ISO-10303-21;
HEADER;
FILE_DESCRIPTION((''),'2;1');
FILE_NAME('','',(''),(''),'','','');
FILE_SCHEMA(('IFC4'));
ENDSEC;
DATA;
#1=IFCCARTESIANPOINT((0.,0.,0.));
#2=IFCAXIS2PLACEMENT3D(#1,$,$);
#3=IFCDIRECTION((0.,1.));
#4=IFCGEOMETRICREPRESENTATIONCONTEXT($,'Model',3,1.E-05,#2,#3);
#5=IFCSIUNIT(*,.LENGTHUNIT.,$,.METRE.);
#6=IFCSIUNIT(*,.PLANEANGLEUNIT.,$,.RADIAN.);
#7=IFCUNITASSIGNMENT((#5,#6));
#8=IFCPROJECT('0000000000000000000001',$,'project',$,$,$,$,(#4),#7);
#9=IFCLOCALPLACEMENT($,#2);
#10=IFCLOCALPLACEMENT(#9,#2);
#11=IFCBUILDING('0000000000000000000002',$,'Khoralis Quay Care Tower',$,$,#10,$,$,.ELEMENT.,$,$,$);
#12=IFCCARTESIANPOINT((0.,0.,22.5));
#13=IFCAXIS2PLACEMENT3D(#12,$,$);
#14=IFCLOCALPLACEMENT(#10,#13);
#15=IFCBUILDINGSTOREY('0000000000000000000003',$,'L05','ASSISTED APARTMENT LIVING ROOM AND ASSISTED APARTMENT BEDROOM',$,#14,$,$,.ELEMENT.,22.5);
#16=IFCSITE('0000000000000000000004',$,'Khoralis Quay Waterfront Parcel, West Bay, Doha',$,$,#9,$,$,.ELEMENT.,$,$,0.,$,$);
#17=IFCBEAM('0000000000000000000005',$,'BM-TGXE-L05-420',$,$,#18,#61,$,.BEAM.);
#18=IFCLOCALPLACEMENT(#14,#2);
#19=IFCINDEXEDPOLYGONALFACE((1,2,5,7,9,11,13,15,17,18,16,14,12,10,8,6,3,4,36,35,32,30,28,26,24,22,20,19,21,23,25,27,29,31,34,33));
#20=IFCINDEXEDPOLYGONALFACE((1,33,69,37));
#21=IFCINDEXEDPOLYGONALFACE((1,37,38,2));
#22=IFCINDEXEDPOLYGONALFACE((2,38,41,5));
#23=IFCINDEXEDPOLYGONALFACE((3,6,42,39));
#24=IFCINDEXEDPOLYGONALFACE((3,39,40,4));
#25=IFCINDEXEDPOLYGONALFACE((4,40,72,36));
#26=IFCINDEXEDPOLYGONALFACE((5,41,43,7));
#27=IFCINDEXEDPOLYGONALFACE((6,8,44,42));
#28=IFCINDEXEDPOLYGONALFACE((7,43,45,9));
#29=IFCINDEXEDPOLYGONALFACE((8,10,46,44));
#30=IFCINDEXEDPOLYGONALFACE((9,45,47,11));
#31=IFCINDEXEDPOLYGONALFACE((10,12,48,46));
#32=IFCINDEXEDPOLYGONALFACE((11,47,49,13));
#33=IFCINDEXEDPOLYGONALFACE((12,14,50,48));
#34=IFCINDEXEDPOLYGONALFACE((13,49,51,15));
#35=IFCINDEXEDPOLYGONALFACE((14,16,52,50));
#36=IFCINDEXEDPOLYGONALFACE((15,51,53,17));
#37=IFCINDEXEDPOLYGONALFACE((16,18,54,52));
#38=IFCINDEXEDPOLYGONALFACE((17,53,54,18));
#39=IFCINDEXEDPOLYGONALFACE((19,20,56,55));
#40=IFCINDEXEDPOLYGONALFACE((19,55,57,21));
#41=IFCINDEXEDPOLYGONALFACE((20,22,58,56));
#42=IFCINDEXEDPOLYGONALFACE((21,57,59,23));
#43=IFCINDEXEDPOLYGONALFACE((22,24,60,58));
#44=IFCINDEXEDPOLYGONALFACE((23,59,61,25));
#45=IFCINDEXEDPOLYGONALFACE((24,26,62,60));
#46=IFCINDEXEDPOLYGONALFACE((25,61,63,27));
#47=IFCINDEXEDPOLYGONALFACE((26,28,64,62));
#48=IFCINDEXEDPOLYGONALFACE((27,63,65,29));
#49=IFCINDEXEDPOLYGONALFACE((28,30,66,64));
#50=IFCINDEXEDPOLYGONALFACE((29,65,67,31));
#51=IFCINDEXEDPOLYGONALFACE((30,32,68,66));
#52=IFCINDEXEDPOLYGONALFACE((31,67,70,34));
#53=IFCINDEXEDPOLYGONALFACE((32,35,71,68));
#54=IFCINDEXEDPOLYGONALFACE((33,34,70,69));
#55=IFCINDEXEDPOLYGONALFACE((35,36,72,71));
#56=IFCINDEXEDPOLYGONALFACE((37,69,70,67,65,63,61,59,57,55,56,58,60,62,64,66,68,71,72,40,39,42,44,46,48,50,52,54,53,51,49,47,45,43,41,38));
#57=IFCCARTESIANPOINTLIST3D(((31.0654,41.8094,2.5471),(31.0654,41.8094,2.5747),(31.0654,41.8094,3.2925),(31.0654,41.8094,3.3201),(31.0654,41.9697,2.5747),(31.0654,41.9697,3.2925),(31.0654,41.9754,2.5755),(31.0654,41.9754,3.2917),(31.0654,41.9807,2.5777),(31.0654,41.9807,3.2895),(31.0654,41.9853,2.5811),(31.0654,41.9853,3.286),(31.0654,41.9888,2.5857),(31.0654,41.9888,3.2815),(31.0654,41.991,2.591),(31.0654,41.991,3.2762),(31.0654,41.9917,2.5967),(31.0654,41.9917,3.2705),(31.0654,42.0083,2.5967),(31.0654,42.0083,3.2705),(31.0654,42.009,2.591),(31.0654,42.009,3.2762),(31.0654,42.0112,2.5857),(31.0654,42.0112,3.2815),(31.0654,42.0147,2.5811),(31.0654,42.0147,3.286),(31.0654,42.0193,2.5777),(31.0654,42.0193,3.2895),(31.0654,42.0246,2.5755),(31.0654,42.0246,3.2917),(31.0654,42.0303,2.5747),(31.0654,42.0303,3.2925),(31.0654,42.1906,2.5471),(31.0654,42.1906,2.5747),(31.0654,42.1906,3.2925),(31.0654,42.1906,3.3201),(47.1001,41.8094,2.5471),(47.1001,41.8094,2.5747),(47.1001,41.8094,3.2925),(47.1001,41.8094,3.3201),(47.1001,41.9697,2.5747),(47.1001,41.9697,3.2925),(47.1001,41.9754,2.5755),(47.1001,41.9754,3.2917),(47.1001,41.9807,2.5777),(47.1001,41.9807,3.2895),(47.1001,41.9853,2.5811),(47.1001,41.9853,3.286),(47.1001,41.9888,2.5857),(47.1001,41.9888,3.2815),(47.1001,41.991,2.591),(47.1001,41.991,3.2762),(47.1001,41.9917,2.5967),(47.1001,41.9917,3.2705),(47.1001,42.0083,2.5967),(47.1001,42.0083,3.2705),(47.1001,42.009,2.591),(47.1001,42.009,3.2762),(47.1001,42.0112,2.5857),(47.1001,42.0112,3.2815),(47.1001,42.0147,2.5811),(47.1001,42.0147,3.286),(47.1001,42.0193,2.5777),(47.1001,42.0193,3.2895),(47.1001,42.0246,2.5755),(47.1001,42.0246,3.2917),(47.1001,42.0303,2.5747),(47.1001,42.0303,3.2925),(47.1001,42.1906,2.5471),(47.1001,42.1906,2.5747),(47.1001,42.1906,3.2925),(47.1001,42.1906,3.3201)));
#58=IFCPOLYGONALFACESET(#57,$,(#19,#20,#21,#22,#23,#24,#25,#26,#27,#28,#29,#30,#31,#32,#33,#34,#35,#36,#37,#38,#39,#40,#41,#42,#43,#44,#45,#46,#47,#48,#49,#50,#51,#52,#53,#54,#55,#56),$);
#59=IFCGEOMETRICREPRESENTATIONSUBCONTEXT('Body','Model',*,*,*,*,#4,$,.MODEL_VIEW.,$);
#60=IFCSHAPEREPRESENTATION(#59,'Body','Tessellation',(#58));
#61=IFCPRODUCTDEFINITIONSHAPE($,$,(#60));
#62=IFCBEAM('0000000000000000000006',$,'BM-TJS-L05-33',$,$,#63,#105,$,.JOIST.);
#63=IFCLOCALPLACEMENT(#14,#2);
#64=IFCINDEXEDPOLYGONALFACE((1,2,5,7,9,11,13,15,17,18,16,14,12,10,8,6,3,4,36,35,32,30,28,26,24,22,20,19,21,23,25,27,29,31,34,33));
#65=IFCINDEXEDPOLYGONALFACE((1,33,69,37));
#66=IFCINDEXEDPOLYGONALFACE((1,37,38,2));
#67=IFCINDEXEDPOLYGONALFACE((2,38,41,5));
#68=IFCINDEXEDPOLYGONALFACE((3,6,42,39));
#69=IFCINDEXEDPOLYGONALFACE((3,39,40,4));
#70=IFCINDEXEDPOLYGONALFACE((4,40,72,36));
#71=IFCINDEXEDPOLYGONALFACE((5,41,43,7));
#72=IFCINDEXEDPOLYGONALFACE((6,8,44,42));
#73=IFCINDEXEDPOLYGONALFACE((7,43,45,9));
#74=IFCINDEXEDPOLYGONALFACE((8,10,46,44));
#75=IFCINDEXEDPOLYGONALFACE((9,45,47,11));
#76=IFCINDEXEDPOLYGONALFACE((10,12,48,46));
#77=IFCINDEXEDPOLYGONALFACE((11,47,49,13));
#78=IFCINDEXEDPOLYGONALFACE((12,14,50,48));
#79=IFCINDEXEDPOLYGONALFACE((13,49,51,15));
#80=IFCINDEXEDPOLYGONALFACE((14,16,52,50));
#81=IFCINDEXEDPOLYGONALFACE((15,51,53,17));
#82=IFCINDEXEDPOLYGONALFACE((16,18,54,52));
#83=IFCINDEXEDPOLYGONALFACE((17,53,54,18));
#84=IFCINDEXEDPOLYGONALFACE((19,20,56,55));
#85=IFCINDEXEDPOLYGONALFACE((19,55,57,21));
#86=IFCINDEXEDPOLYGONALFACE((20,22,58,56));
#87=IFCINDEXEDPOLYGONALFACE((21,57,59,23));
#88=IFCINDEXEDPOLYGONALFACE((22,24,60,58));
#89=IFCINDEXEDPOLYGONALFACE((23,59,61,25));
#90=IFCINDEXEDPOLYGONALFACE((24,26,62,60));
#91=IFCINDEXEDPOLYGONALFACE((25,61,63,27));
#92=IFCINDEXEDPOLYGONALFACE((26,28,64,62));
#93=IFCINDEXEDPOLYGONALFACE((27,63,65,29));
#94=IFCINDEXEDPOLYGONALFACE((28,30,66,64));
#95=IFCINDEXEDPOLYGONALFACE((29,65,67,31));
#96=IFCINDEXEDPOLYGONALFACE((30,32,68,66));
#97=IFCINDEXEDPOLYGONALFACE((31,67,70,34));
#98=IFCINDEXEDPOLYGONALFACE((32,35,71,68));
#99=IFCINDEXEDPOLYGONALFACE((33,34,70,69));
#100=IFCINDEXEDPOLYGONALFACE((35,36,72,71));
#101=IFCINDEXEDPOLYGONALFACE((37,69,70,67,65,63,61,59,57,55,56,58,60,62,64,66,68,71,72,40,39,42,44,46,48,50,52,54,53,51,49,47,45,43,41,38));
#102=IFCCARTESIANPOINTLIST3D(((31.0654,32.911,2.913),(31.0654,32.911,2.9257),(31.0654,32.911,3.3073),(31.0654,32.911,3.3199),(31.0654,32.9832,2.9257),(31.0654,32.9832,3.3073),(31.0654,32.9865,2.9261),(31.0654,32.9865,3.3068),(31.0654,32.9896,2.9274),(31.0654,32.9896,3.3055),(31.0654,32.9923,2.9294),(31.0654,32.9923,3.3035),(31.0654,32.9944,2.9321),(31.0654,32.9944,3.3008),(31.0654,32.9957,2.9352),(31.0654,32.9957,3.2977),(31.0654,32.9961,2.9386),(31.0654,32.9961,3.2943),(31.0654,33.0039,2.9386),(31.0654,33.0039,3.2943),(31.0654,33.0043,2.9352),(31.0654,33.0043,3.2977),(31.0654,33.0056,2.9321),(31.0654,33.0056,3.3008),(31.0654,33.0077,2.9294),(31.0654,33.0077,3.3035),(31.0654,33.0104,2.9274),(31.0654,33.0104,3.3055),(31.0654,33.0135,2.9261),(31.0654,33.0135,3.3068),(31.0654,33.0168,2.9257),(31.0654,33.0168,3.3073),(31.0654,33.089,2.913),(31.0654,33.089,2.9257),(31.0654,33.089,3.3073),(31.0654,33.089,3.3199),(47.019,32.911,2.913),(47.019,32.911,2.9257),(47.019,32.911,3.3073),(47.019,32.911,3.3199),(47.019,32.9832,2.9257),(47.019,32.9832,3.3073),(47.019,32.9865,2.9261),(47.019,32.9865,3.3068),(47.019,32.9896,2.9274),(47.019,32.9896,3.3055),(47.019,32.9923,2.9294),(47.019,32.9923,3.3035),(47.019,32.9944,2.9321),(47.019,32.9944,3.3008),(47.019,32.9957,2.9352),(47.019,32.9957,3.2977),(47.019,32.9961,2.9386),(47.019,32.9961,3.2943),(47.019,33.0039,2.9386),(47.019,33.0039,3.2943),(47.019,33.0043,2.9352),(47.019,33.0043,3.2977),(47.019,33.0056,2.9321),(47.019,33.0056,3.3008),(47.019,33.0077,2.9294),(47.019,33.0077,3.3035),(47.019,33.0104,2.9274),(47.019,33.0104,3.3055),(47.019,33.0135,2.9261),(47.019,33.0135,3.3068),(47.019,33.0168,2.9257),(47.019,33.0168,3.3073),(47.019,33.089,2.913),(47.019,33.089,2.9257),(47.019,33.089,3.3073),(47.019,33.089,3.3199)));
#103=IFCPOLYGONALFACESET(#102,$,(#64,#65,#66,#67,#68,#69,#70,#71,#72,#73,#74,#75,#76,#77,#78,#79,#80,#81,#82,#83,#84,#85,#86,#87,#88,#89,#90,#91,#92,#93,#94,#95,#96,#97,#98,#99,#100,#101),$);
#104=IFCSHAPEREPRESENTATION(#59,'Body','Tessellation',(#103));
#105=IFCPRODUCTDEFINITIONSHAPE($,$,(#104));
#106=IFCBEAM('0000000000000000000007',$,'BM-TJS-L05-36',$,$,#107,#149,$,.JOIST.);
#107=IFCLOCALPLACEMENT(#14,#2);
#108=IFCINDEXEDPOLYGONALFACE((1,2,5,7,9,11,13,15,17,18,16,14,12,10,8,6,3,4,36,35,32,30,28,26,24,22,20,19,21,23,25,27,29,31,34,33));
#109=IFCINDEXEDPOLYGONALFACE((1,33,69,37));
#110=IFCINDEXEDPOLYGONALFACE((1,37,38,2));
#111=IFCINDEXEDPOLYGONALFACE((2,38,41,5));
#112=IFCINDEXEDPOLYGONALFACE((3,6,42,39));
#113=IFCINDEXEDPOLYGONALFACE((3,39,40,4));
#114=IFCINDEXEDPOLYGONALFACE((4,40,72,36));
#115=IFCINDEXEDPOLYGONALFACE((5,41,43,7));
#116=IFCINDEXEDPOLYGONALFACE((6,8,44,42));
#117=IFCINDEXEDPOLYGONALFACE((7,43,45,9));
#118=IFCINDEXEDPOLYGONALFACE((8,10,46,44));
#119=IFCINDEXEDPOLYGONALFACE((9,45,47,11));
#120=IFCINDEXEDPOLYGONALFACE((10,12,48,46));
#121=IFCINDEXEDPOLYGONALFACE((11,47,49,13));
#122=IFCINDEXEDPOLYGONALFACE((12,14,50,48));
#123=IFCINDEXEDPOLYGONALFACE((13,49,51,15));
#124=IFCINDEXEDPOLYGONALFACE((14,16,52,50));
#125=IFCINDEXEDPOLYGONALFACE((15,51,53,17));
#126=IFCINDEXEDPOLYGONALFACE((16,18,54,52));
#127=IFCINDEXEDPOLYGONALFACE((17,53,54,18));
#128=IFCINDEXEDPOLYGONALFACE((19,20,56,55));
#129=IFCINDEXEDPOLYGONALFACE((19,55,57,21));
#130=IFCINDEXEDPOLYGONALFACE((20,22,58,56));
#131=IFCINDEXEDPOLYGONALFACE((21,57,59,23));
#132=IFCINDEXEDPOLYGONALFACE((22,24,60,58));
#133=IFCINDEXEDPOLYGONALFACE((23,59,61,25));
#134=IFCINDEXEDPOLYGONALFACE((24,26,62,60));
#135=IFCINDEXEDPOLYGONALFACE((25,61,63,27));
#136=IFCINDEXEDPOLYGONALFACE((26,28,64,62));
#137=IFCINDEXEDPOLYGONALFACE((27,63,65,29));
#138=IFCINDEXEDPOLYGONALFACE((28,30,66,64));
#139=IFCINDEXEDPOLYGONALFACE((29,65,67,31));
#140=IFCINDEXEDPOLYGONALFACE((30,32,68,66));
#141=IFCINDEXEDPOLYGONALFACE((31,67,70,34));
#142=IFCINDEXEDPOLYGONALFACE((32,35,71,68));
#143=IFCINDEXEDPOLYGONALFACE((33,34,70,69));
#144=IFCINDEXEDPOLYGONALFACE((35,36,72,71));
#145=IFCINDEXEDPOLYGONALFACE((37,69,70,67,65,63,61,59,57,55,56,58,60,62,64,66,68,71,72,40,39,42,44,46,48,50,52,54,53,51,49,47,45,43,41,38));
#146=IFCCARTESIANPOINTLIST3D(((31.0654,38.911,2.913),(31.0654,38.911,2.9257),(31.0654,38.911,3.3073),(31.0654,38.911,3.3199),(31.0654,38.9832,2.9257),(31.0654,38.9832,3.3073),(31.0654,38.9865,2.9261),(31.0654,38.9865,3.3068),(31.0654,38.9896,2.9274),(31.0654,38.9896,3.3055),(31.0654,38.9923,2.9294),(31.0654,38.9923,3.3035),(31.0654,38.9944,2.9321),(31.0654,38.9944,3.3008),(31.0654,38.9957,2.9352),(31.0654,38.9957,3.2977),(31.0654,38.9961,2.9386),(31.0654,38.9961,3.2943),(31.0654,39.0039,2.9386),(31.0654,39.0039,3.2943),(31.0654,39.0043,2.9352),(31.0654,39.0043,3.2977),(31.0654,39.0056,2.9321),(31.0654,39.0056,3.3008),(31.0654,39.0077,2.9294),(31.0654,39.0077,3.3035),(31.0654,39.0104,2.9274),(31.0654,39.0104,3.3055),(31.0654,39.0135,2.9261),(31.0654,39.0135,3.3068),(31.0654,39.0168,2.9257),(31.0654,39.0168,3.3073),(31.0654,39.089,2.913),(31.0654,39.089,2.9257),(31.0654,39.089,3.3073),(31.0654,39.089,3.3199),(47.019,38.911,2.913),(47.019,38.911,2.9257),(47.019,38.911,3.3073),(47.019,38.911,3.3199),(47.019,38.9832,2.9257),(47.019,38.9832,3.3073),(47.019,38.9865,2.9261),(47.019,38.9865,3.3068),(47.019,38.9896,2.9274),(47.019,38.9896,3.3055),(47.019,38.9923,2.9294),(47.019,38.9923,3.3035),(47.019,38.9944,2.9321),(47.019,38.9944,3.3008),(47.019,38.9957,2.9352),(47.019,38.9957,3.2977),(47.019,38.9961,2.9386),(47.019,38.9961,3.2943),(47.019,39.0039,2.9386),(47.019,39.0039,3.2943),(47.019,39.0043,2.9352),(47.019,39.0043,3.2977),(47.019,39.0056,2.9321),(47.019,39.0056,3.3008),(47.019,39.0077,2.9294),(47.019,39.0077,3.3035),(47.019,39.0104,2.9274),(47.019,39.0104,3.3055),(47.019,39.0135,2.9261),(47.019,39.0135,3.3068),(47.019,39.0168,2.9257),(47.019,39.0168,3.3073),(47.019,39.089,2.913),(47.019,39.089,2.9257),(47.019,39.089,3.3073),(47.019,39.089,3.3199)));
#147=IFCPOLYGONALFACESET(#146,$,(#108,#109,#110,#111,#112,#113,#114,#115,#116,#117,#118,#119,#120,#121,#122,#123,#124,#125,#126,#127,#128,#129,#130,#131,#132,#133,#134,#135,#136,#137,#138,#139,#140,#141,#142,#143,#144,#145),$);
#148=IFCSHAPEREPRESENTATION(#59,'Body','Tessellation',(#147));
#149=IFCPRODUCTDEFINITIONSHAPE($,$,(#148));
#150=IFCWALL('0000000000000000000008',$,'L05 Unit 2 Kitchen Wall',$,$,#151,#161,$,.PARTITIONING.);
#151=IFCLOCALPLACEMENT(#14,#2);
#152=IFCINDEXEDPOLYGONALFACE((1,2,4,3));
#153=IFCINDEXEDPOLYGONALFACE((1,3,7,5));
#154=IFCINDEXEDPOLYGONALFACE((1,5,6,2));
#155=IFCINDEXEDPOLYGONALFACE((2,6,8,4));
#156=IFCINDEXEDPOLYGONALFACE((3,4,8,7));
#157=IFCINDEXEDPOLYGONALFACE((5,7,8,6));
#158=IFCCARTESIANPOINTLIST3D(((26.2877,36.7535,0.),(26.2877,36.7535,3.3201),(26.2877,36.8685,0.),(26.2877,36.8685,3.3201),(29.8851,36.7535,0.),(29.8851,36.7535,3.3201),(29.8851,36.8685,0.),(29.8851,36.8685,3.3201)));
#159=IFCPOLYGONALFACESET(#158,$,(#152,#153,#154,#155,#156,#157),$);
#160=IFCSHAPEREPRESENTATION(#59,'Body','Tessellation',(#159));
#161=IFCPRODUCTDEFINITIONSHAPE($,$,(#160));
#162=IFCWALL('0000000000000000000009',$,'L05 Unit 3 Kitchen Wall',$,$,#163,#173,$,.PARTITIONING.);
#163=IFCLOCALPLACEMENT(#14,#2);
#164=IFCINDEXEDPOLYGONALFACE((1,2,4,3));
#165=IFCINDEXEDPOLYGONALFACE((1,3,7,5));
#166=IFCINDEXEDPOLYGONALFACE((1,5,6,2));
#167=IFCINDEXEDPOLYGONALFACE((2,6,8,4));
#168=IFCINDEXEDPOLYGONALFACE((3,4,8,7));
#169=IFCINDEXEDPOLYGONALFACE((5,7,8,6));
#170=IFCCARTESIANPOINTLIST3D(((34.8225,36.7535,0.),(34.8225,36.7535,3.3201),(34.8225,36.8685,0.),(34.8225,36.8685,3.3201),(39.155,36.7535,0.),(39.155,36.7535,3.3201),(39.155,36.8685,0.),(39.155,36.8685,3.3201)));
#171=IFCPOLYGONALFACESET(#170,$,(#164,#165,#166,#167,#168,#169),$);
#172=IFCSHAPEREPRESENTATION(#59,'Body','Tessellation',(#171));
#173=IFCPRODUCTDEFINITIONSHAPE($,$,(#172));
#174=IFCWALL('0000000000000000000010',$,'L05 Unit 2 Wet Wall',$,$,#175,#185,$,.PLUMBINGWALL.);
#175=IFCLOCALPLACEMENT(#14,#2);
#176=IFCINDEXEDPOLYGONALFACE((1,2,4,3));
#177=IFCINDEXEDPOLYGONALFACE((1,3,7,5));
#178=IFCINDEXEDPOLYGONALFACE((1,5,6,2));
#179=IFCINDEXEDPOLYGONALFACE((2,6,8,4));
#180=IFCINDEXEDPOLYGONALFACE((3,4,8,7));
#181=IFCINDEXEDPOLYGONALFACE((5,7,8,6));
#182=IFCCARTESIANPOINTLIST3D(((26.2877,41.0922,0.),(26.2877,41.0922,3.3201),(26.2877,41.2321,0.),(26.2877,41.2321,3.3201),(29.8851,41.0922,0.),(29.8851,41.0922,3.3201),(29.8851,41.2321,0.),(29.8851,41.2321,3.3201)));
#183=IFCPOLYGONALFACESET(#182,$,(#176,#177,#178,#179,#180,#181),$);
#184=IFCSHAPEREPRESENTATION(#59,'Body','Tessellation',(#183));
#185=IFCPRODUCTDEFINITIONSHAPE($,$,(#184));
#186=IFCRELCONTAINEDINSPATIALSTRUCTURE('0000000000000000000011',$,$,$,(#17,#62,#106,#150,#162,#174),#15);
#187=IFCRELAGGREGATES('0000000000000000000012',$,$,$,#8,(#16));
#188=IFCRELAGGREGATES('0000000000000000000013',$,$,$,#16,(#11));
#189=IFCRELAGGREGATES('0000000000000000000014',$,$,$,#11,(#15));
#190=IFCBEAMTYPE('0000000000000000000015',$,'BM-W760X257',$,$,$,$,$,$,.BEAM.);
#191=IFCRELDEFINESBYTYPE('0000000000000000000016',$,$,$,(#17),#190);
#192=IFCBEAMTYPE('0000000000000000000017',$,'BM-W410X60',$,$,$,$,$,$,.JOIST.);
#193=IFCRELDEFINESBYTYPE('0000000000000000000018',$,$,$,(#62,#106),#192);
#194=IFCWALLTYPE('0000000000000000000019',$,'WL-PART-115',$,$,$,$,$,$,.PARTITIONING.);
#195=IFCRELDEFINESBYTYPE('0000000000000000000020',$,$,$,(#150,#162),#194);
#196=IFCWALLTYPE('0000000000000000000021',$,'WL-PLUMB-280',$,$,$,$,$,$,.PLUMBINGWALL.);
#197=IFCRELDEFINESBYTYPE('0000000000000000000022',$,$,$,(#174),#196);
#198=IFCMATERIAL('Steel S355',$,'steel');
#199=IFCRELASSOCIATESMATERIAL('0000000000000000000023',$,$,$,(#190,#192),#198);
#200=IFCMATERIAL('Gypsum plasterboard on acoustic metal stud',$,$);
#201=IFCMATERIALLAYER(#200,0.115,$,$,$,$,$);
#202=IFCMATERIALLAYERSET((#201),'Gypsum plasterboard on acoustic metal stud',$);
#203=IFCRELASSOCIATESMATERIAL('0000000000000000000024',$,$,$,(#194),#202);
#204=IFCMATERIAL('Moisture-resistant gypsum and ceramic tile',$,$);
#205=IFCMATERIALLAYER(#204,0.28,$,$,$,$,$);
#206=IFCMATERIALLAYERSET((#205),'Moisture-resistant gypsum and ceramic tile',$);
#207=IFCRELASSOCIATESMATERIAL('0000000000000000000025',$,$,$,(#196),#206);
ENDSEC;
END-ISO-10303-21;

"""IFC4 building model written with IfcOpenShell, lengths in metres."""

from ifc_helpers import new_model, si_unit, direction, frame, frame_2d, origin, origin_2d, place, context, subcontext, project, spatial, rectangle, i_section, extrude, source, transform, mapped, material, layer, layer_set, material_profile, profile_set, type_object, element, save


model = new_model("IFC4")

# Units and contexts
model_context = context("Model", 3, precision=1e-05, world=origin(), true_north=direction((0.0, 1.0)))
body_context = subcontext(model_context, "Body", "Model", "MODEL_VIEW")
ifc_project = project(units=[si_unit("LENGTHUNIT", "METRE"), si_unit("PLANEANGLEUNIT", "RADIAN")], contexts=[model_context])

# Site, building, storey
site_placement = place(None, origin())
site = spatial("IfcSite", under=ifc_project, at=site_placement, Name="Khoralis Quay Waterfront Parcel, West Bay, Doha", CompositionType="ELEMENT", RefElevation=0.0)
building_placement = place(site_placement, origin())
building = spatial("IfcBuilding", under=site, at=building_placement, Name="Khoralis Quay Care Tower", CompositionType="ELEMENT")
storey_placement = place(building_placement, frame((0.0, 0.0, 22.5)))
storey = spatial("IfcBuildingStorey", under=building, at=storey_placement, Name="L05", Description="ASSISTED APARTMENT LIVING ROOM AND ASSISTED APARTMENT BEDROOM", CompositionType="ELEMENT", Elevation=22.5)

# Beams
ifc_material_1 = material(Name="Steel S355", Category="steel")
ifc_material_profile_1 = material_profile(ifc_material_1, i_section(OverallWidth=0.3811, OverallDepth=0.7729, WebThickness=0.0166, FlangeThickness=0.0276, FilletRadius=0.022, at=origin_2d()), Name="Steel S355")
ifc_profile_set_1 = profile_set([ifc_material_profile_1], Name="Steel S355")
beam_type_1 = type_object("IfcBeamType", Name="BM-W760X257", PredefinedType="BEAM", material=ifc_profile_set_1)
shared_shape_1 = source(origin(), body_context, "Body", "SweptSolid", [
    extrude(i_section(OverallWidth=0.3811, OverallDepth=0.7729, WebThickness=0.0166, FlangeThickness=0.0276, FilletRadius=0.022, at=origin_2d()), origin(), (0.0, 0.0, 1.0), 16.0347),
])
for number, where, z_axis, x_axis, name in (
    (1, (31.0654, 42.0, 2.9336), (1.0, 0.0, 0.0), (0.0, 1.0, 0.0), "BM-TGXE-L05-420"),
):
    element("IfcBeam", number, at=place(storey_placement, frame(where, z_axis=z_axis, x_axis=x_axis)), inside=storey, type_object=beam_type_1, Name=name, PredefinedType="BEAM", context=body_context, shape_type="MappedRepresentation", body=[
        mapped(shared_shape_1, transform((0.0, 0.0, 0.0), scale=1.0)),
    ])
ifc_material_profile_2 = material_profile(ifc_material_1, i_section(OverallWidth=0.178, OverallDepth=0.407, WebThickness=0.0078, FlangeThickness=0.0127, FilletRadius=0.0129, at=origin_2d()), Name="Steel S355")
ifc_profile_set_2 = profile_set([ifc_material_profile_2], Name="Steel S355")
beam_type_2 = type_object("IfcBeamType", Name="BM-W410X60", PredefinedType="JOIST", material=ifc_profile_set_2)
shared_shape_2 = source(origin(), body_context, "Body", "SweptSolid", [
    extrude(i_section(OverallWidth=0.178, OverallDepth=0.407, WebThickness=0.0078, FlangeThickness=0.0127, FilletRadius=0.0129, at=origin_2d()), origin(), (0.0, 0.0, 1.0), 15.9536),
])
for number, where, z_axis, x_axis, name in (
    (2, (31.0654, 33.0, 3.1165), (1.0, 0.0, 0.0), (0.0, 1.0, 0.0), "BM-TJS-L05-33"),
    (3, (31.0654, 39.0, 3.1165), (1.0, 0.0, 0.0), (0.0, 1.0, 0.0), "BM-TJS-L05-36"),
):
    element("IfcBeam", number, at=place(storey_placement, frame(where, z_axis=z_axis, x_axis=x_axis)), inside=storey, type_object=beam_type_2, Name=name, PredefinedType="JOIST", context=body_context, shape_type="MappedRepresentation", body=[
        mapped(shared_shape_2, transform((0.0, 0.0, 0.0), scale=1.0)),
    ])

# Walls
ifc_material_2 = material(Name="Gypsum plasterboard on acoustic metal stud")
ifc_layer_1 = layer(ifc_material_2, 0.115)
ifc_layer_set_1 = layer_set([ifc_layer_1], Name="Gypsum plasterboard on acoustic metal stud")
wall_type_1 = type_object("IfcWallType", Name="WL-PART-115", PredefinedType="PARTITIONING", material=ifc_layer_set_1)
wall_1_placement = place(storey_placement, frame((26.2876, 36.811, 0.0), z_axis=(0.0, 0.0, 1.0), x_axis=(1.0, 0.0, 0.0)))
element("IfcWall", 4, at=wall_1_placement, inside=storey, type_object=wall_type_1, Name="L05 Unit 2 Kitchen Wall", PredefinedType="PARTITIONING", context=body_context, shape_type="SweptSolid", body=[
    extrude(rectangle(XDim=3.5974, YDim=0.115, at=frame_2d((1.7988, 0.0))), origin(), (0.0, 0.0, 1.0), 3.3201),
])
wall_2_placement = place(storey_placement, frame((34.8225, 36.811, 0.0), z_axis=(0.0, 0.0, 1.0), x_axis=(1.0, 0.0, 0.0)))
element("IfcWall", 5, at=wall_2_placement, inside=storey, type_object=wall_type_1, Name="L05 Unit 3 Kitchen Wall", PredefinedType="PARTITIONING", context=body_context, shape_type="SweptSolid", body=[
    extrude(rectangle(XDim=4.3325, YDim=0.115, at=frame_2d((2.1663, 0.0))), origin(), (0.0, 0.0, 1.0), 3.3201),
])
ifc_material_3 = material(Name="Moisture-resistant gypsum and ceramic tile")
ifc_layer_2 = layer(ifc_material_3, 0.28)
ifc_layer_set_2 = layer_set([ifc_layer_2], Name="Moisture-resistant gypsum and ceramic tile")
wall_type_2 = type_object("IfcWallType", Name="WL-PLUMB-280", PredefinedType="PLUMBINGWALL", material=ifc_layer_set_2)
wall_3_placement = place(storey_placement, frame((26.2876, 41.1621, 0.0), z_axis=(0.0, 0.0, 1.0), x_axis=(1.0, 0.0, 0.0)))
element("IfcWall", 6, at=wall_3_placement, inside=storey, type_object=wall_type_2, Name="L05 Unit 2 Wet Wall", PredefinedType="PLUMBINGWALL", context=body_context, shape_type="SweptSolid", body=[
    extrude(rectangle(XDim=3.5974, YDim=0.1399, at=frame_2d((1.7988, 0.0))), origin(), (0.0, 0.0, 1.0), 3.3201),
])

save(model, "model.ifc")
